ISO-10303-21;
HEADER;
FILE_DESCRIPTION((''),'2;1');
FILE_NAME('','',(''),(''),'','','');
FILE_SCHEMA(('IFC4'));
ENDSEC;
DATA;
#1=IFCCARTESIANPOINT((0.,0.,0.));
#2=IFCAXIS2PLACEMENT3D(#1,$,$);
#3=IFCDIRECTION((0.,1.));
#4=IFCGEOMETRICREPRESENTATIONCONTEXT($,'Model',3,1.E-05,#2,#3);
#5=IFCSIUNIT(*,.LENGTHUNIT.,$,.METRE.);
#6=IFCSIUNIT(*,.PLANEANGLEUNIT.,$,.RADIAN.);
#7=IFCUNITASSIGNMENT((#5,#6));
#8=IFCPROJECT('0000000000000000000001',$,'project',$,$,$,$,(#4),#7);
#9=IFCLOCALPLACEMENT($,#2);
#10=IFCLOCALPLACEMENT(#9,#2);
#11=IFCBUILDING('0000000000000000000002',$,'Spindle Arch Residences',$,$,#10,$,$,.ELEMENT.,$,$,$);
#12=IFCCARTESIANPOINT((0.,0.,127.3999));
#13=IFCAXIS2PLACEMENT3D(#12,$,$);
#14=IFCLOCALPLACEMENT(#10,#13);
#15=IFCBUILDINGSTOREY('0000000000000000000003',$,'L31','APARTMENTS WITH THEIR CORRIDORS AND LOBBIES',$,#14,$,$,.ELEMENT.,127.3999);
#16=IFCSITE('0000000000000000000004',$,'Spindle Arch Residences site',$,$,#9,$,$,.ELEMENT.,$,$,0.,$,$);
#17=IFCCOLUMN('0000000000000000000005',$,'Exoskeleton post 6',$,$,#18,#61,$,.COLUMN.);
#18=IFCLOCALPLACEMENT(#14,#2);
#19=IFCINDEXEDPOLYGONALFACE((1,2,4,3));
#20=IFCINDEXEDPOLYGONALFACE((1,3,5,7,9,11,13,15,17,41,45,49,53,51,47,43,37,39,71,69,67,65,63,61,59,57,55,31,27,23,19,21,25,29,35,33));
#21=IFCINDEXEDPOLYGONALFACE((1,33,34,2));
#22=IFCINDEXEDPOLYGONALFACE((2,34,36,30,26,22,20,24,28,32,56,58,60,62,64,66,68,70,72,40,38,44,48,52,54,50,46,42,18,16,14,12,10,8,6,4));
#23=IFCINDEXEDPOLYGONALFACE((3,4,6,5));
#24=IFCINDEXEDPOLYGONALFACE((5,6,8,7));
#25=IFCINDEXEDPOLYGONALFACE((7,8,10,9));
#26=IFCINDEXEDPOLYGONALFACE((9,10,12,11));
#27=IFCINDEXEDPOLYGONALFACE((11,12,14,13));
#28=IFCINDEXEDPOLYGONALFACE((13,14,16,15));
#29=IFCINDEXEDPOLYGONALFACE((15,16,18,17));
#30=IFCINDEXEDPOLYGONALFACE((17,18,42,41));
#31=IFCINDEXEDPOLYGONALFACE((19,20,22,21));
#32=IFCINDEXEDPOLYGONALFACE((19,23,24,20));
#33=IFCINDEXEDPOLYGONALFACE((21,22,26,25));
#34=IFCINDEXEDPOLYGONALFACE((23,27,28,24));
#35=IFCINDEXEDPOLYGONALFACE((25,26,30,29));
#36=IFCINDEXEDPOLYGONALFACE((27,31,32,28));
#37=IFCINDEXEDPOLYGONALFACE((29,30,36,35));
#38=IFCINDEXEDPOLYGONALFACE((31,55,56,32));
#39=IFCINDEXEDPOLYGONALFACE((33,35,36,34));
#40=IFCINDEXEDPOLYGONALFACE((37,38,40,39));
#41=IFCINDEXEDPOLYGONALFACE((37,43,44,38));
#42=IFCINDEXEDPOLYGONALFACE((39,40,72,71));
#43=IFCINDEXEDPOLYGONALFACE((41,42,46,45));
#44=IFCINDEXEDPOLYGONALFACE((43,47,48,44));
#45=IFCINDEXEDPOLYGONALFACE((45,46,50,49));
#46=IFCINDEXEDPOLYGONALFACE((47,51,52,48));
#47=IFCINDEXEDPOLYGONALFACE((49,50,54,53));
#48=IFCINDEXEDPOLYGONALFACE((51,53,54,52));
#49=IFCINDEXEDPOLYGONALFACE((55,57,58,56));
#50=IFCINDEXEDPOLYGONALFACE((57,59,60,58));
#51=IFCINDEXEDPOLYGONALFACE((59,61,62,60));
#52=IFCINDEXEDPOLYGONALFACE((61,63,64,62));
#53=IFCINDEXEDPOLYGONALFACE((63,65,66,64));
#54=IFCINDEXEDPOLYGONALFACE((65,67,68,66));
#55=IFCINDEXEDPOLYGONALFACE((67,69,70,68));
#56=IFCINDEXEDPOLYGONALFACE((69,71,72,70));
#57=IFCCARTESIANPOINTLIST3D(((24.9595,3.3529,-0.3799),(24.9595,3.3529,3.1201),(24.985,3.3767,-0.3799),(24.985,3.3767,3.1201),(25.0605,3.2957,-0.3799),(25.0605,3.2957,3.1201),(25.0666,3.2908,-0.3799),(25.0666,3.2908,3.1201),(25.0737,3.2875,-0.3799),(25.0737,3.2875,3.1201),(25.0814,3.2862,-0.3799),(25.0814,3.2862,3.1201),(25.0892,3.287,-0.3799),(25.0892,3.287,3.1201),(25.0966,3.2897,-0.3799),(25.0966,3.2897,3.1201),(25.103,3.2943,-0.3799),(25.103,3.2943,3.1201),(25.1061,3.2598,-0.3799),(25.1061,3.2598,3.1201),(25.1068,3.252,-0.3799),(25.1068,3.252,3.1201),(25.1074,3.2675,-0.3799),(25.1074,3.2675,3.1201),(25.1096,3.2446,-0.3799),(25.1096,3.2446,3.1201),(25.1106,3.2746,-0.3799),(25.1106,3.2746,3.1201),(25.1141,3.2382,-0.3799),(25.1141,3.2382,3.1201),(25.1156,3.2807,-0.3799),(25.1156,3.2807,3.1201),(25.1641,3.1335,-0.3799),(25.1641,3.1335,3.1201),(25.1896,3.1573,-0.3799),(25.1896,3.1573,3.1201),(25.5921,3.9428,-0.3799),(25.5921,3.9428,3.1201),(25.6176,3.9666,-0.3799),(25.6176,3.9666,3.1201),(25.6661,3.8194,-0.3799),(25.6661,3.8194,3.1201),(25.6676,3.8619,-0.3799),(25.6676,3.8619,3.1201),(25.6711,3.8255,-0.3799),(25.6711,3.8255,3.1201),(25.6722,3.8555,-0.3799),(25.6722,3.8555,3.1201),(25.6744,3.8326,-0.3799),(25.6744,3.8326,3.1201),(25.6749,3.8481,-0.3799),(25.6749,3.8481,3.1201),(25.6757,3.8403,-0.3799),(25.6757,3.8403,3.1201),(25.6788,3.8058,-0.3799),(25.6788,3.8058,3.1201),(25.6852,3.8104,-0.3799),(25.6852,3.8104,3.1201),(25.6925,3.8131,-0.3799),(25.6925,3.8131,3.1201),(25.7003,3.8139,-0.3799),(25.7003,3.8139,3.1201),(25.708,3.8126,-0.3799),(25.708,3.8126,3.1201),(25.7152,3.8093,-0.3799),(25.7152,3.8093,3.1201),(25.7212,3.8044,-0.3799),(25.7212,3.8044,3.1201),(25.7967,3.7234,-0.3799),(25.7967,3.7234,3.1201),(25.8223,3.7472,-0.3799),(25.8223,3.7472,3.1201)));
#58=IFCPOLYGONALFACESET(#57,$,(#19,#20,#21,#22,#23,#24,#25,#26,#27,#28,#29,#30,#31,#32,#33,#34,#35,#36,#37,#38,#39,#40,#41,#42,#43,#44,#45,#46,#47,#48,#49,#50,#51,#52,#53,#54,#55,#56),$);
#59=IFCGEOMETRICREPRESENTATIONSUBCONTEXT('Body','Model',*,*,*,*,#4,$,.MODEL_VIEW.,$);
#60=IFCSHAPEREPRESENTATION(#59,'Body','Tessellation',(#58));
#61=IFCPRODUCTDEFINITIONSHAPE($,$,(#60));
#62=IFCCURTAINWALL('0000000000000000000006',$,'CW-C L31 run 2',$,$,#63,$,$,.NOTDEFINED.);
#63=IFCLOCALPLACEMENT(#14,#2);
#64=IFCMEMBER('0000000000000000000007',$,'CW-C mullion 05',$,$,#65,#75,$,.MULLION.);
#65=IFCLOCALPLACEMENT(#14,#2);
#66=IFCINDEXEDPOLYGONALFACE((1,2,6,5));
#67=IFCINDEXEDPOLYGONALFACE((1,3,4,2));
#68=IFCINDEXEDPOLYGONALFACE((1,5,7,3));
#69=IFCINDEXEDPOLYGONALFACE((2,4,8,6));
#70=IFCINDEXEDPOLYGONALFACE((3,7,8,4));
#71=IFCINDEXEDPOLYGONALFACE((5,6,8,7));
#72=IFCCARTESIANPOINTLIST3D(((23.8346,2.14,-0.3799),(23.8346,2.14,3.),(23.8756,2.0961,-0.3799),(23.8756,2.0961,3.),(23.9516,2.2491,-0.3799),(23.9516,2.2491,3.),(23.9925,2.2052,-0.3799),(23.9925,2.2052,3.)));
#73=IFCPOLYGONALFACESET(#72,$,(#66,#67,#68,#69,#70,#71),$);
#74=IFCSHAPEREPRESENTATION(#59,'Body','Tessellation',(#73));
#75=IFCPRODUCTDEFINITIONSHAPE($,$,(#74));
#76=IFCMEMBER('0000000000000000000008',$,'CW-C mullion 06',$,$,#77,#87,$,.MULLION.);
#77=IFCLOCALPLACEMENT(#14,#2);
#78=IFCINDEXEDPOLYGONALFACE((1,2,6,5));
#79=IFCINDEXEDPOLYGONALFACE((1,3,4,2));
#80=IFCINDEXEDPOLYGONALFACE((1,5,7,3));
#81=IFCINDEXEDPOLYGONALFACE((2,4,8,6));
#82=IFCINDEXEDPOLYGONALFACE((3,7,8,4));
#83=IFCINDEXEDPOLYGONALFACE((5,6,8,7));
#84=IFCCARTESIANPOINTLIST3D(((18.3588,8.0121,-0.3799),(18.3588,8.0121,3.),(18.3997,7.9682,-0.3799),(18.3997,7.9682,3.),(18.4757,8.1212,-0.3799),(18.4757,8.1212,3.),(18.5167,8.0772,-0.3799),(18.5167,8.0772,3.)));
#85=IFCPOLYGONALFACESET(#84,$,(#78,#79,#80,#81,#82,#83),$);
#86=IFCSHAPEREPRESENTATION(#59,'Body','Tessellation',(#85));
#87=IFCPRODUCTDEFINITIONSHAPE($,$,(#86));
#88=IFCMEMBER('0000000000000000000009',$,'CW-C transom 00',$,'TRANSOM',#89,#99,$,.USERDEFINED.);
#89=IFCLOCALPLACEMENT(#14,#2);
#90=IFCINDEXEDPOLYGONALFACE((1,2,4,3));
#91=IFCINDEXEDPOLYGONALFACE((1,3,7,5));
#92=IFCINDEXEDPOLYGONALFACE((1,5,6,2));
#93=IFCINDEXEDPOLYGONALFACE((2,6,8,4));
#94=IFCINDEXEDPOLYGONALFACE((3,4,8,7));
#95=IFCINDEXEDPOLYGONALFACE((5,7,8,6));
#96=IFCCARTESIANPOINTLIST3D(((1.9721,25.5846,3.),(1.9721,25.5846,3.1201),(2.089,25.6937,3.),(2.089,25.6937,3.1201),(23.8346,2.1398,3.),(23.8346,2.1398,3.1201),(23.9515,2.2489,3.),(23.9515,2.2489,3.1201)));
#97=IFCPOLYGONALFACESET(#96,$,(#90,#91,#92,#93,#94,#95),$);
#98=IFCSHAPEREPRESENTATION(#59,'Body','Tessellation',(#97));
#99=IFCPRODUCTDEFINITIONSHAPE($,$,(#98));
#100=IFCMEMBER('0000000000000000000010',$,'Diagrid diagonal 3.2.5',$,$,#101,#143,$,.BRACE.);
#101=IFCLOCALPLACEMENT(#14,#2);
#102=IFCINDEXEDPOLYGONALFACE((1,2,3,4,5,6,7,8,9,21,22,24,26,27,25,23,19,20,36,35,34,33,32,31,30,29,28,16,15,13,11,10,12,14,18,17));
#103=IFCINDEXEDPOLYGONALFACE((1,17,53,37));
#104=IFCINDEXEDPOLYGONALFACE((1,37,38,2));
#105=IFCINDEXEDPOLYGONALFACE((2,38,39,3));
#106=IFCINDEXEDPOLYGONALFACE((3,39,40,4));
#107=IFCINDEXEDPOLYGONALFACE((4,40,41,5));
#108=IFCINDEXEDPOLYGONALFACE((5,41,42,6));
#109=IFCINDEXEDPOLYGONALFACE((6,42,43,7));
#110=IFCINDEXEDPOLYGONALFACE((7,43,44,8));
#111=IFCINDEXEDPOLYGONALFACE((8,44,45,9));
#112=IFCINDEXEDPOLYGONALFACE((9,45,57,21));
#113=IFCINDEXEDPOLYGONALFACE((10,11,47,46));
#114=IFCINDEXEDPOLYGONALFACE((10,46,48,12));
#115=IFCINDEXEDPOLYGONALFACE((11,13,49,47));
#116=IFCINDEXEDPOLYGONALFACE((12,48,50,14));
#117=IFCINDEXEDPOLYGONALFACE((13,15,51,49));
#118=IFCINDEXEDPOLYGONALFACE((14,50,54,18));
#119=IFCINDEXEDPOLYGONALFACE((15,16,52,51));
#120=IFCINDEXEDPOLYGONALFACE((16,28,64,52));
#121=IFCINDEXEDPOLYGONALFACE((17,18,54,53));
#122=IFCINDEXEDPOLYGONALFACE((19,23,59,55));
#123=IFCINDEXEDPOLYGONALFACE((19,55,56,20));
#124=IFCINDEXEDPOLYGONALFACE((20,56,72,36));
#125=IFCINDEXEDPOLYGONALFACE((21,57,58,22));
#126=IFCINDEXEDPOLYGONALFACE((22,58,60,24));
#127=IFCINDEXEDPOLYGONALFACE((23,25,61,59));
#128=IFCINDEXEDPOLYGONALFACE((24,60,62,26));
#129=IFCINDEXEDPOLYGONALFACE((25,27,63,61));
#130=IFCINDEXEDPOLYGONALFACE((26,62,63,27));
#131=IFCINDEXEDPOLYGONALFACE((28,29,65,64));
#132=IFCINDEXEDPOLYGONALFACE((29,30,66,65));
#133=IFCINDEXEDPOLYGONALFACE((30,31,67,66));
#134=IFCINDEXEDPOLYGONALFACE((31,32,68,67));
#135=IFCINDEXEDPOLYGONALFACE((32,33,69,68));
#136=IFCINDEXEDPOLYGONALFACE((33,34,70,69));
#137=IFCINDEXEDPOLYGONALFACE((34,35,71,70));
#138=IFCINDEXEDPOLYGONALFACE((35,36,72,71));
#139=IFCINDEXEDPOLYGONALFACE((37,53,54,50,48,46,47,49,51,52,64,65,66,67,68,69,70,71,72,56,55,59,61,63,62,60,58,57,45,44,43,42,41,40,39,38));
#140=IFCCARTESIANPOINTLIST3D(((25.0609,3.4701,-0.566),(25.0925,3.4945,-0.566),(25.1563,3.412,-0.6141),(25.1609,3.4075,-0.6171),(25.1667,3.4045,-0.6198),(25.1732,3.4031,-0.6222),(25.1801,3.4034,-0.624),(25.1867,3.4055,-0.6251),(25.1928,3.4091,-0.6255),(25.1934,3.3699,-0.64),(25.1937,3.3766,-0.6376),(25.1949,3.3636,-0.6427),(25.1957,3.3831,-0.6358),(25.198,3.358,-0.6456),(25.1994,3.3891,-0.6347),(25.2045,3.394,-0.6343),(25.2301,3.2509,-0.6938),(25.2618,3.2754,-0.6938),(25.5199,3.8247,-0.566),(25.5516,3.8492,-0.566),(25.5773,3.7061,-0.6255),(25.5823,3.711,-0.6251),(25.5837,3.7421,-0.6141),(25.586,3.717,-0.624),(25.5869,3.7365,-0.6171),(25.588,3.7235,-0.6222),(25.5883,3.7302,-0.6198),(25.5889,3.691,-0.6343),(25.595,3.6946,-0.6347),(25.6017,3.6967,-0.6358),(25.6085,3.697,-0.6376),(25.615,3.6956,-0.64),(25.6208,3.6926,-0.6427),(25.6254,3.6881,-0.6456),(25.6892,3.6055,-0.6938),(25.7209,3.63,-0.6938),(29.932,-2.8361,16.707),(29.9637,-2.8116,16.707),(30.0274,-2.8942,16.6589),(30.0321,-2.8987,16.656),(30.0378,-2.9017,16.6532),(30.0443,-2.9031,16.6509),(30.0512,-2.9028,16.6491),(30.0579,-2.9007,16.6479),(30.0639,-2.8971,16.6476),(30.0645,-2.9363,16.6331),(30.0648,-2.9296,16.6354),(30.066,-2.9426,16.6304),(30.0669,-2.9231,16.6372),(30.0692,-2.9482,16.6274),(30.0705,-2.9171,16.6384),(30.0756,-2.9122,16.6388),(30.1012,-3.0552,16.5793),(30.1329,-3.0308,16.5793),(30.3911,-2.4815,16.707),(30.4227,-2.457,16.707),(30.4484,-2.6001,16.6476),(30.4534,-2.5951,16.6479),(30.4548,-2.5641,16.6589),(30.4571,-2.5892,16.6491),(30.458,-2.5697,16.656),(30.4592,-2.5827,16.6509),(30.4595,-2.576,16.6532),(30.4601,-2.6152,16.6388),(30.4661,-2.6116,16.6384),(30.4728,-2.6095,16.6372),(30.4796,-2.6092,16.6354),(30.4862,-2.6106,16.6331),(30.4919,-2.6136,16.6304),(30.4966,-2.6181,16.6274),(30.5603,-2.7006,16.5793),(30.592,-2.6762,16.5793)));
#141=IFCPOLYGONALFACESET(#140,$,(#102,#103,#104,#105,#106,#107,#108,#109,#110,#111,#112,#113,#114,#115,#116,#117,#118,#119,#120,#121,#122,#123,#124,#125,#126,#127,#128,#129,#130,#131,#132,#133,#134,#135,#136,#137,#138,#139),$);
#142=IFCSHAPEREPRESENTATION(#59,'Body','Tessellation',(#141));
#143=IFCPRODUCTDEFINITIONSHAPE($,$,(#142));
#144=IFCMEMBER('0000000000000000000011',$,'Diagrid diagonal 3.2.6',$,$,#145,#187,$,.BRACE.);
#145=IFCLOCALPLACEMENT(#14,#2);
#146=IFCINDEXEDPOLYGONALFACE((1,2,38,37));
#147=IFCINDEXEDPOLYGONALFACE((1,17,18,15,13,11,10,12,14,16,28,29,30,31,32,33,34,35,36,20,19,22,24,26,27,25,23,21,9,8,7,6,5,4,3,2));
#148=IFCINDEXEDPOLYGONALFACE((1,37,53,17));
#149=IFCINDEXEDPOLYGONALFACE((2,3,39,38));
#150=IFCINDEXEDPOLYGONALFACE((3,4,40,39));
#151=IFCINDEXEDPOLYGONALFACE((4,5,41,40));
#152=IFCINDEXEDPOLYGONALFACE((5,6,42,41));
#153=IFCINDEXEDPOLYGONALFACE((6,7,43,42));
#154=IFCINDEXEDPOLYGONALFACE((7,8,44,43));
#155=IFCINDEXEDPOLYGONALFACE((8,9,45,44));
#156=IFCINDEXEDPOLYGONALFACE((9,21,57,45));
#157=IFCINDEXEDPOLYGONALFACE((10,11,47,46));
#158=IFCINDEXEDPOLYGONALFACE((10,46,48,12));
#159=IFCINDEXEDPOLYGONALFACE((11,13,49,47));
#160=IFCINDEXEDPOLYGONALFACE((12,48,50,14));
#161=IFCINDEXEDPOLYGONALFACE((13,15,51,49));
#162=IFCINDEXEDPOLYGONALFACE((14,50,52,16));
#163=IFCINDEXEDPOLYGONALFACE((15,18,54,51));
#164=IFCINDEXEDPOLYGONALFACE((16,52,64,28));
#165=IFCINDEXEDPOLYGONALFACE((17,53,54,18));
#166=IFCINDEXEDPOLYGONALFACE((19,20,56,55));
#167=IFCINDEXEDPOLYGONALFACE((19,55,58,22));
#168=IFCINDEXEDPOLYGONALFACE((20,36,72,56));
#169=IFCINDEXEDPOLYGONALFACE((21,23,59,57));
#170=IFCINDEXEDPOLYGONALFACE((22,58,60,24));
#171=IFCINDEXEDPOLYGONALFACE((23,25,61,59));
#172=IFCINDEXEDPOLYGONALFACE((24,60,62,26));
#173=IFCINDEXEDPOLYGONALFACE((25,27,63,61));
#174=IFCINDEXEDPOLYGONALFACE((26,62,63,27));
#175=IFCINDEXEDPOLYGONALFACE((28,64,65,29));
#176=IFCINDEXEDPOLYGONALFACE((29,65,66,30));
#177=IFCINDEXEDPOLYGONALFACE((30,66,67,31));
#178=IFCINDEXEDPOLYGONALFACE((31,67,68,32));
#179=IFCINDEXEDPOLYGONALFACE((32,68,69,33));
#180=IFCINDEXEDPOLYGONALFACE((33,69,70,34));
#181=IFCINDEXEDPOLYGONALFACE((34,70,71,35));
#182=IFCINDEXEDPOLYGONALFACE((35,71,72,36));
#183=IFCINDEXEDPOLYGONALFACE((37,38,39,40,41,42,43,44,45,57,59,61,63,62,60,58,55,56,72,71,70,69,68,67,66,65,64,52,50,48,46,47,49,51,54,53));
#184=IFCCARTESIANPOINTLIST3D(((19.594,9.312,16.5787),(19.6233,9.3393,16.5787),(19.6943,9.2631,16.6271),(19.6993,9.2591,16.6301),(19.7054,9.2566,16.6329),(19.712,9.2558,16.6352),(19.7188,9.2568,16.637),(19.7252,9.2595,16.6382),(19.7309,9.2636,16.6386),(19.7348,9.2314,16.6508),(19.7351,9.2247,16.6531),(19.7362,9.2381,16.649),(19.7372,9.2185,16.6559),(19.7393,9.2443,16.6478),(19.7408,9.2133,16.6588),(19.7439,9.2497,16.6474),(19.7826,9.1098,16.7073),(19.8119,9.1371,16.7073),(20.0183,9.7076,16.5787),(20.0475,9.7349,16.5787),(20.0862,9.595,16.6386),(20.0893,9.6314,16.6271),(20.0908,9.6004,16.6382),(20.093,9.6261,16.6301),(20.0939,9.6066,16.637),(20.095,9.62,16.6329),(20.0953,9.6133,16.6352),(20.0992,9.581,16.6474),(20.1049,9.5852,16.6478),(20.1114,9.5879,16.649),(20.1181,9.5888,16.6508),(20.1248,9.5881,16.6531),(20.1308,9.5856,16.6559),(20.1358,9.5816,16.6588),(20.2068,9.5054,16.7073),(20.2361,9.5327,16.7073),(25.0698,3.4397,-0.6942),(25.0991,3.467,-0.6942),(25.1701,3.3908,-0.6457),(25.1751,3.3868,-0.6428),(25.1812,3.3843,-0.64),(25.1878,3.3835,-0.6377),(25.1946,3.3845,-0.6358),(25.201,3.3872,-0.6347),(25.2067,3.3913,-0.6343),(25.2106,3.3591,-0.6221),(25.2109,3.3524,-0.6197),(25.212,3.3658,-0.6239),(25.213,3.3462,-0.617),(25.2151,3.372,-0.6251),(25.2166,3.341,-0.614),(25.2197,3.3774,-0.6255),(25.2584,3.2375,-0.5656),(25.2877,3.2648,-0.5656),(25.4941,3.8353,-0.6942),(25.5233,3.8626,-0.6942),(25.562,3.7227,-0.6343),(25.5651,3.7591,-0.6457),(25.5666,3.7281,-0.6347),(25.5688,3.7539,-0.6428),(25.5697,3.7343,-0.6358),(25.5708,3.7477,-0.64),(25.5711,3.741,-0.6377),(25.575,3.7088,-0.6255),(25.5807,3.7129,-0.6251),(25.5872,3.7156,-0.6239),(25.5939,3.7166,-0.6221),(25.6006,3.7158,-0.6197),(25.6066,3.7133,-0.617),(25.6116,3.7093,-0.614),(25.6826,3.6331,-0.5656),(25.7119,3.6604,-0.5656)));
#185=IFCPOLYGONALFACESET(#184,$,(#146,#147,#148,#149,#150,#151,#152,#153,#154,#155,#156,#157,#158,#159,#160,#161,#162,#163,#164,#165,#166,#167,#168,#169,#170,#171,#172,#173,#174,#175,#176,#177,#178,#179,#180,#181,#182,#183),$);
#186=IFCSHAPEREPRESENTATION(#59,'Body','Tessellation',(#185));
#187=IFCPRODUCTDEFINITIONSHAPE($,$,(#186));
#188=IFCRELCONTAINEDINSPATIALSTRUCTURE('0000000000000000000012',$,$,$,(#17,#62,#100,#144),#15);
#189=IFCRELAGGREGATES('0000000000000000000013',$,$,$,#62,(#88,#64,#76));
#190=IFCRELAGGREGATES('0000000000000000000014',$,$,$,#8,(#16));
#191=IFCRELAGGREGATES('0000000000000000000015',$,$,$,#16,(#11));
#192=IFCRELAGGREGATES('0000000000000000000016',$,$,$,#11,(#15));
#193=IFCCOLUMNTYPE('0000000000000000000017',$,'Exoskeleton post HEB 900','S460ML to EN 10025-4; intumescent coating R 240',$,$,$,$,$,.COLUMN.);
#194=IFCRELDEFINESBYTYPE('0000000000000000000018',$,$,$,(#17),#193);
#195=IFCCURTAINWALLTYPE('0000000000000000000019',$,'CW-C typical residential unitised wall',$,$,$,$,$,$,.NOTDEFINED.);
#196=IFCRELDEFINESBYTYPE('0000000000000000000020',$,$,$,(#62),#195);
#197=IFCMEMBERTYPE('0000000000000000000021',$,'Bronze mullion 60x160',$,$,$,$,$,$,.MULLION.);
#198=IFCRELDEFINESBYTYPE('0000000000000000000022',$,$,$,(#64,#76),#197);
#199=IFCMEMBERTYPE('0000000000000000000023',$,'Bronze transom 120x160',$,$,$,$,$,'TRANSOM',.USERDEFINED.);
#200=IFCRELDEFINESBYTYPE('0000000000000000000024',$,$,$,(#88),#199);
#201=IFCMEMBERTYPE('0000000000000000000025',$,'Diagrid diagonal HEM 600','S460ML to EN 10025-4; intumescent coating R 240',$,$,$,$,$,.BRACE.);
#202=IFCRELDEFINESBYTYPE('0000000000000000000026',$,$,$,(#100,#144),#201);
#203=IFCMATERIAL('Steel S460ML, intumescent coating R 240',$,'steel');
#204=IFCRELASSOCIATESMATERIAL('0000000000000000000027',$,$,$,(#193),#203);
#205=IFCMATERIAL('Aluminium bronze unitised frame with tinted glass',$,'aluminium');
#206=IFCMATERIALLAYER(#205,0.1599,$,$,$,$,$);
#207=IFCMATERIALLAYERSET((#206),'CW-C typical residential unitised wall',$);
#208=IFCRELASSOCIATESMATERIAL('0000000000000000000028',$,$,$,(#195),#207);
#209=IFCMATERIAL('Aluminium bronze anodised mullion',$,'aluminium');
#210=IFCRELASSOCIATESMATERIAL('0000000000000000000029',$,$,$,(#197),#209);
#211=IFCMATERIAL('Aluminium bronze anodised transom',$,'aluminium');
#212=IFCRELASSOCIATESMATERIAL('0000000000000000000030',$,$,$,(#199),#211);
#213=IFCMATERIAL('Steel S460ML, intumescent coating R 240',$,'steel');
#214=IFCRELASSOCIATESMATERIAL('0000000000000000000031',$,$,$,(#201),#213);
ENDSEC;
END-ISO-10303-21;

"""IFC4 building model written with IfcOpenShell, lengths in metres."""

from ifc_helpers import new_model, si_unit, direction, frame, origin, origin_2d, place, context, subcontext, project, spatial, rectangle, i_section, extrude, material, layer, layer_set, material_profile, profile_set, type_object, element, aggregate, save


model = new_model("IFC4")

# Units and contexts
model_context = context("Model", 3, precision=1e-05, world=origin(), true_north=direction((0.0, 1.0)))
body_context = subcontext(model_context, "Body", "Model", "MODEL_VIEW")
ifc_project = project(units=[si_unit("LENGTHUNIT", "METRE"), si_unit("PLANEANGLEUNIT", "RADIAN")], contexts=[model_context])

# Site, building, storey
site_placement = place(None, origin())
site = spatial("IfcSite", under=ifc_project, at=site_placement, Name="Spindle Arch Residences site", CompositionType="ELEMENT", RefElevation=0.0)
building_placement = place(site_placement, origin())
building = spatial("IfcBuilding", under=site, at=building_placement, Name="Spindle Arch Residences", CompositionType="ELEMENT")
storey_placement = place(building_placement, frame((0.0, 0.0, 127.3999)))
storey = spatial("IfcBuildingStorey", under=building, at=storey_placement, Name="L31", Description="APARTMENTS WITH THEIR CORRIDORS AND LOBBIES", CompositionType="ELEMENT", Elevation=127.3999)

# Column
ifc_material_1 = material(Name="Steel S460ML, intumescent coating R 240", Category="steel")
ifc_material_profile_1 = material_profile(ifc_material_1, i_section(OverallWidth=0.3, OverallDepth=0.8999, WebThickness=0.0186, FlangeThickness=0.0349, FilletRadius=0.03, at=origin_2d()), Name="HEB 900")
ifc_profile_set_1 = profile_set([ifc_material_profile_1], Name="Steel S460ML, intumescent coating R 240")
column_type = type_object("IfcColumnType", Name="Exoskeleton post HEB 900", Description="S460ML to EN 10025-4; intumescent coating R 240", PredefinedType="COLUMN", material=ifc_profile_set_1)
column_placement = place(storey_placement, frame((25.3909, 3.55, -0.3799), z_axis=(0.0, 0.0, 1.0), x_axis=(0.681998, -0.731354, 0.0)))
element("IfcColumn", 1, at=column_placement, inside=storey, type_object=column_type, Name="Exoskeleton post 6", PredefinedType="COLUMN", context=body_context, shape_type="SweptSolid", body=[
    extrude(i_section(OverallWidth=0.3, OverallDepth=0.8999, WebThickness=0.0186, FlangeThickness=0.0349, FilletRadius=0.03, at=origin_2d()), origin(), (0.0, 0.0, 1.0), 3.5),
])

# Curtain wall, members
ifc_material_2 = material(Name="Aluminium bronze unitised frame with tinted glass", Category="aluminium")
ifc_layer_1 = layer(ifc_material_2, 0.1599)
ifc_layer_set_1 = layer_set([ifc_layer_1], Name="CW-C typical residential unitised wall")
curtain_wall_type_1 = type_object("IfcCurtainWallType", Name="CW-C typical residential unitised wall", PredefinedType="NOTDEFINED", material=ifc_layer_set_1)
curtain_wall_1_placement = place(storey_placement, origin())
curtain_wall_1 = element("IfcCurtainWall", 2, at=curtain_wall_1_placement, inside=storey, type_object=curtain_wall_type_1, Name="CW-C L31 run 2", PredefinedType="NOTDEFINED")
ifc_material_3 = material(Name="Aluminium bronze anodised mullion", Category="aluminium")
ifc_material_profile_2 = material_profile(ifc_material_3, rectangle(XDim=0.1599, YDim=0.0601, at=origin_2d()), Name="MU 60x160")
ifc_profile_set_2 = profile_set([ifc_material_profile_2], Name="Aluminium bronze anodised mullion")
member_type_1 = type_object("IfcMemberType", Name="Bronze mullion 60x160", PredefinedType="MULLION", material=ifc_profile_set_2)
member_1_placement = place(storey_placement, frame((23.9136, 2.1726, -0.3799), z_axis=(0.0, 0.0, 1.0), x_axis=(-0.731354, -0.681998, 0.0)))
member_1 = element("IfcMember", 3, at=member_1_placement, type_object=member_type_1, Name="CW-C mullion 05", PredefinedType="MULLION", context=body_context, shape_type="SweptSolid", body=[
    extrude(rectangle(XDim=0.1599, YDim=0.0601, at=origin_2d()), origin(), (0.0, 0.0, 1.0), 3.3799),
])
member_2_placement = place(storey_placement, frame((18.4377, 8.0447, -0.3799), z_axis=(0.0, 0.0, 1.0), x_axis=(-0.731354, -0.681998, 0.0)))
member_2 = element("IfcMember", 4, at=member_2_placement, type_object=member_type_1, Name="CW-C mullion 06", PredefinedType="MULLION", context=body_context, shape_type="SweptSolid", body=[
    extrude(rectangle(XDim=0.1599, YDim=0.0601, at=origin_2d()), origin(), (0.0, 0.0, 1.0), 3.3799),
])
ifc_material_4 = material(Name="Aluminium bronze anodised transom", Category="aluminium")
ifc_material_profile_3 = material_profile(ifc_material_4, rectangle(XDim=0.1599, YDim=0.1201, at=origin_2d()), Name="TR 120x160")
ifc_profile_set_3 = profile_set([ifc_material_profile_3], Name="Aluminium bronze anodised transom")
member_type_2 = type_object("IfcMemberType", Name="Bronze transom 120x160", ElementType="TRANSOM", PredefinedType="USERDEFINED", material=ifc_profile_set_3)
member_3_placement = place(storey_placement, frame((23.8931, 2.1943, 3.0601), z_axis=(-0.681997, 0.731355, 0.0), x_axis=(-0.731355, -0.681997, 0.0)))
member_3 = element("IfcMember", 5, at=member_3_placement, type_object=member_type_2, Name="CW-C transom 00", ObjectType="TRANSOM", PredefinedType="USERDEFINED", context=body_context, shape_type="SweptSolid", body=[
    extrude(rectangle(XDim=0.1599, YDim=0.1201, at=origin_2d()), origin(), (0.0, 0.0, 1.0), 32.0566),
])

# Members
ifc_material_5 = material(Name="Steel S460ML, intumescent coating R 240", Category="steel")
ifc_material_profile_4 = material_profile(ifc_material_5, i_section(OverallWidth=0.3049, OverallDepth=0.6201, WebThickness=0.021, FlangeThickness=0.04, FilletRadius=0.0271, at=origin_2d()), Name="HEM 600")
ifc_profile_set_4 = profile_set([ifc_material_profile_4], Name="Steel S460ML, intumescent coating R 240")
member_type_3 = type_object("IfcMemberType", Name="Diagrid diagonal HEM 600", Description="S460ML to EN 10025-4; intumescent coating R 240", PredefinedType="BRACE", material=ifc_profile_set_4)
member_4_placement = place(storey_placement, frame((25.3909, 3.55, -0.6299), z_axis=(0.256072, -0.331513, 0.908034), x_axis=(-0.555084, 0.718616, 0.418896)))
element("IfcMember", 6, at=member_4_placement, inside=storey, type_object=member_type_3, Name="Diagrid diagonal 3.2.5", PredefinedType="BRACE", context=body_context, shape_type="SweptSolid", body=[
    extrude(i_section(OverallWidth=0.3049, OverallDepth=0.6201, WebThickness=0.021, FlangeThickness=0.04, FilletRadius=0.0271, at=origin_2d()), origin(), (0.0, 0.0, 1.0), 19.0225),
])
member_5_placement = place(storey_placement, frame((25.3909, 3.55, -0.6299), z_axis=(-0.287476, 0.308292, 0.906815), x_axis=(0.618435, -0.663213, 0.421529)))
element("IfcMember", 7, at=member_5_placement, inside=storey, type_object=member_type_3, Name="Diagrid diagonal 3.2.6", PredefinedType="BRACE", context=body_context, shape_type="SweptSolid", body=[
    extrude(i_section(OverallWidth=0.3049, OverallDepth=0.6201, WebThickness=0.021, FlangeThickness=0.04, FilletRadius=0.0271, at=origin_2d()), origin(), (0.0, 0.0, 1.0), 19.0479),
])

aggregate(curtain_wall_1, [member_3, member_1, member_2])

save(model, "model.ifc")
